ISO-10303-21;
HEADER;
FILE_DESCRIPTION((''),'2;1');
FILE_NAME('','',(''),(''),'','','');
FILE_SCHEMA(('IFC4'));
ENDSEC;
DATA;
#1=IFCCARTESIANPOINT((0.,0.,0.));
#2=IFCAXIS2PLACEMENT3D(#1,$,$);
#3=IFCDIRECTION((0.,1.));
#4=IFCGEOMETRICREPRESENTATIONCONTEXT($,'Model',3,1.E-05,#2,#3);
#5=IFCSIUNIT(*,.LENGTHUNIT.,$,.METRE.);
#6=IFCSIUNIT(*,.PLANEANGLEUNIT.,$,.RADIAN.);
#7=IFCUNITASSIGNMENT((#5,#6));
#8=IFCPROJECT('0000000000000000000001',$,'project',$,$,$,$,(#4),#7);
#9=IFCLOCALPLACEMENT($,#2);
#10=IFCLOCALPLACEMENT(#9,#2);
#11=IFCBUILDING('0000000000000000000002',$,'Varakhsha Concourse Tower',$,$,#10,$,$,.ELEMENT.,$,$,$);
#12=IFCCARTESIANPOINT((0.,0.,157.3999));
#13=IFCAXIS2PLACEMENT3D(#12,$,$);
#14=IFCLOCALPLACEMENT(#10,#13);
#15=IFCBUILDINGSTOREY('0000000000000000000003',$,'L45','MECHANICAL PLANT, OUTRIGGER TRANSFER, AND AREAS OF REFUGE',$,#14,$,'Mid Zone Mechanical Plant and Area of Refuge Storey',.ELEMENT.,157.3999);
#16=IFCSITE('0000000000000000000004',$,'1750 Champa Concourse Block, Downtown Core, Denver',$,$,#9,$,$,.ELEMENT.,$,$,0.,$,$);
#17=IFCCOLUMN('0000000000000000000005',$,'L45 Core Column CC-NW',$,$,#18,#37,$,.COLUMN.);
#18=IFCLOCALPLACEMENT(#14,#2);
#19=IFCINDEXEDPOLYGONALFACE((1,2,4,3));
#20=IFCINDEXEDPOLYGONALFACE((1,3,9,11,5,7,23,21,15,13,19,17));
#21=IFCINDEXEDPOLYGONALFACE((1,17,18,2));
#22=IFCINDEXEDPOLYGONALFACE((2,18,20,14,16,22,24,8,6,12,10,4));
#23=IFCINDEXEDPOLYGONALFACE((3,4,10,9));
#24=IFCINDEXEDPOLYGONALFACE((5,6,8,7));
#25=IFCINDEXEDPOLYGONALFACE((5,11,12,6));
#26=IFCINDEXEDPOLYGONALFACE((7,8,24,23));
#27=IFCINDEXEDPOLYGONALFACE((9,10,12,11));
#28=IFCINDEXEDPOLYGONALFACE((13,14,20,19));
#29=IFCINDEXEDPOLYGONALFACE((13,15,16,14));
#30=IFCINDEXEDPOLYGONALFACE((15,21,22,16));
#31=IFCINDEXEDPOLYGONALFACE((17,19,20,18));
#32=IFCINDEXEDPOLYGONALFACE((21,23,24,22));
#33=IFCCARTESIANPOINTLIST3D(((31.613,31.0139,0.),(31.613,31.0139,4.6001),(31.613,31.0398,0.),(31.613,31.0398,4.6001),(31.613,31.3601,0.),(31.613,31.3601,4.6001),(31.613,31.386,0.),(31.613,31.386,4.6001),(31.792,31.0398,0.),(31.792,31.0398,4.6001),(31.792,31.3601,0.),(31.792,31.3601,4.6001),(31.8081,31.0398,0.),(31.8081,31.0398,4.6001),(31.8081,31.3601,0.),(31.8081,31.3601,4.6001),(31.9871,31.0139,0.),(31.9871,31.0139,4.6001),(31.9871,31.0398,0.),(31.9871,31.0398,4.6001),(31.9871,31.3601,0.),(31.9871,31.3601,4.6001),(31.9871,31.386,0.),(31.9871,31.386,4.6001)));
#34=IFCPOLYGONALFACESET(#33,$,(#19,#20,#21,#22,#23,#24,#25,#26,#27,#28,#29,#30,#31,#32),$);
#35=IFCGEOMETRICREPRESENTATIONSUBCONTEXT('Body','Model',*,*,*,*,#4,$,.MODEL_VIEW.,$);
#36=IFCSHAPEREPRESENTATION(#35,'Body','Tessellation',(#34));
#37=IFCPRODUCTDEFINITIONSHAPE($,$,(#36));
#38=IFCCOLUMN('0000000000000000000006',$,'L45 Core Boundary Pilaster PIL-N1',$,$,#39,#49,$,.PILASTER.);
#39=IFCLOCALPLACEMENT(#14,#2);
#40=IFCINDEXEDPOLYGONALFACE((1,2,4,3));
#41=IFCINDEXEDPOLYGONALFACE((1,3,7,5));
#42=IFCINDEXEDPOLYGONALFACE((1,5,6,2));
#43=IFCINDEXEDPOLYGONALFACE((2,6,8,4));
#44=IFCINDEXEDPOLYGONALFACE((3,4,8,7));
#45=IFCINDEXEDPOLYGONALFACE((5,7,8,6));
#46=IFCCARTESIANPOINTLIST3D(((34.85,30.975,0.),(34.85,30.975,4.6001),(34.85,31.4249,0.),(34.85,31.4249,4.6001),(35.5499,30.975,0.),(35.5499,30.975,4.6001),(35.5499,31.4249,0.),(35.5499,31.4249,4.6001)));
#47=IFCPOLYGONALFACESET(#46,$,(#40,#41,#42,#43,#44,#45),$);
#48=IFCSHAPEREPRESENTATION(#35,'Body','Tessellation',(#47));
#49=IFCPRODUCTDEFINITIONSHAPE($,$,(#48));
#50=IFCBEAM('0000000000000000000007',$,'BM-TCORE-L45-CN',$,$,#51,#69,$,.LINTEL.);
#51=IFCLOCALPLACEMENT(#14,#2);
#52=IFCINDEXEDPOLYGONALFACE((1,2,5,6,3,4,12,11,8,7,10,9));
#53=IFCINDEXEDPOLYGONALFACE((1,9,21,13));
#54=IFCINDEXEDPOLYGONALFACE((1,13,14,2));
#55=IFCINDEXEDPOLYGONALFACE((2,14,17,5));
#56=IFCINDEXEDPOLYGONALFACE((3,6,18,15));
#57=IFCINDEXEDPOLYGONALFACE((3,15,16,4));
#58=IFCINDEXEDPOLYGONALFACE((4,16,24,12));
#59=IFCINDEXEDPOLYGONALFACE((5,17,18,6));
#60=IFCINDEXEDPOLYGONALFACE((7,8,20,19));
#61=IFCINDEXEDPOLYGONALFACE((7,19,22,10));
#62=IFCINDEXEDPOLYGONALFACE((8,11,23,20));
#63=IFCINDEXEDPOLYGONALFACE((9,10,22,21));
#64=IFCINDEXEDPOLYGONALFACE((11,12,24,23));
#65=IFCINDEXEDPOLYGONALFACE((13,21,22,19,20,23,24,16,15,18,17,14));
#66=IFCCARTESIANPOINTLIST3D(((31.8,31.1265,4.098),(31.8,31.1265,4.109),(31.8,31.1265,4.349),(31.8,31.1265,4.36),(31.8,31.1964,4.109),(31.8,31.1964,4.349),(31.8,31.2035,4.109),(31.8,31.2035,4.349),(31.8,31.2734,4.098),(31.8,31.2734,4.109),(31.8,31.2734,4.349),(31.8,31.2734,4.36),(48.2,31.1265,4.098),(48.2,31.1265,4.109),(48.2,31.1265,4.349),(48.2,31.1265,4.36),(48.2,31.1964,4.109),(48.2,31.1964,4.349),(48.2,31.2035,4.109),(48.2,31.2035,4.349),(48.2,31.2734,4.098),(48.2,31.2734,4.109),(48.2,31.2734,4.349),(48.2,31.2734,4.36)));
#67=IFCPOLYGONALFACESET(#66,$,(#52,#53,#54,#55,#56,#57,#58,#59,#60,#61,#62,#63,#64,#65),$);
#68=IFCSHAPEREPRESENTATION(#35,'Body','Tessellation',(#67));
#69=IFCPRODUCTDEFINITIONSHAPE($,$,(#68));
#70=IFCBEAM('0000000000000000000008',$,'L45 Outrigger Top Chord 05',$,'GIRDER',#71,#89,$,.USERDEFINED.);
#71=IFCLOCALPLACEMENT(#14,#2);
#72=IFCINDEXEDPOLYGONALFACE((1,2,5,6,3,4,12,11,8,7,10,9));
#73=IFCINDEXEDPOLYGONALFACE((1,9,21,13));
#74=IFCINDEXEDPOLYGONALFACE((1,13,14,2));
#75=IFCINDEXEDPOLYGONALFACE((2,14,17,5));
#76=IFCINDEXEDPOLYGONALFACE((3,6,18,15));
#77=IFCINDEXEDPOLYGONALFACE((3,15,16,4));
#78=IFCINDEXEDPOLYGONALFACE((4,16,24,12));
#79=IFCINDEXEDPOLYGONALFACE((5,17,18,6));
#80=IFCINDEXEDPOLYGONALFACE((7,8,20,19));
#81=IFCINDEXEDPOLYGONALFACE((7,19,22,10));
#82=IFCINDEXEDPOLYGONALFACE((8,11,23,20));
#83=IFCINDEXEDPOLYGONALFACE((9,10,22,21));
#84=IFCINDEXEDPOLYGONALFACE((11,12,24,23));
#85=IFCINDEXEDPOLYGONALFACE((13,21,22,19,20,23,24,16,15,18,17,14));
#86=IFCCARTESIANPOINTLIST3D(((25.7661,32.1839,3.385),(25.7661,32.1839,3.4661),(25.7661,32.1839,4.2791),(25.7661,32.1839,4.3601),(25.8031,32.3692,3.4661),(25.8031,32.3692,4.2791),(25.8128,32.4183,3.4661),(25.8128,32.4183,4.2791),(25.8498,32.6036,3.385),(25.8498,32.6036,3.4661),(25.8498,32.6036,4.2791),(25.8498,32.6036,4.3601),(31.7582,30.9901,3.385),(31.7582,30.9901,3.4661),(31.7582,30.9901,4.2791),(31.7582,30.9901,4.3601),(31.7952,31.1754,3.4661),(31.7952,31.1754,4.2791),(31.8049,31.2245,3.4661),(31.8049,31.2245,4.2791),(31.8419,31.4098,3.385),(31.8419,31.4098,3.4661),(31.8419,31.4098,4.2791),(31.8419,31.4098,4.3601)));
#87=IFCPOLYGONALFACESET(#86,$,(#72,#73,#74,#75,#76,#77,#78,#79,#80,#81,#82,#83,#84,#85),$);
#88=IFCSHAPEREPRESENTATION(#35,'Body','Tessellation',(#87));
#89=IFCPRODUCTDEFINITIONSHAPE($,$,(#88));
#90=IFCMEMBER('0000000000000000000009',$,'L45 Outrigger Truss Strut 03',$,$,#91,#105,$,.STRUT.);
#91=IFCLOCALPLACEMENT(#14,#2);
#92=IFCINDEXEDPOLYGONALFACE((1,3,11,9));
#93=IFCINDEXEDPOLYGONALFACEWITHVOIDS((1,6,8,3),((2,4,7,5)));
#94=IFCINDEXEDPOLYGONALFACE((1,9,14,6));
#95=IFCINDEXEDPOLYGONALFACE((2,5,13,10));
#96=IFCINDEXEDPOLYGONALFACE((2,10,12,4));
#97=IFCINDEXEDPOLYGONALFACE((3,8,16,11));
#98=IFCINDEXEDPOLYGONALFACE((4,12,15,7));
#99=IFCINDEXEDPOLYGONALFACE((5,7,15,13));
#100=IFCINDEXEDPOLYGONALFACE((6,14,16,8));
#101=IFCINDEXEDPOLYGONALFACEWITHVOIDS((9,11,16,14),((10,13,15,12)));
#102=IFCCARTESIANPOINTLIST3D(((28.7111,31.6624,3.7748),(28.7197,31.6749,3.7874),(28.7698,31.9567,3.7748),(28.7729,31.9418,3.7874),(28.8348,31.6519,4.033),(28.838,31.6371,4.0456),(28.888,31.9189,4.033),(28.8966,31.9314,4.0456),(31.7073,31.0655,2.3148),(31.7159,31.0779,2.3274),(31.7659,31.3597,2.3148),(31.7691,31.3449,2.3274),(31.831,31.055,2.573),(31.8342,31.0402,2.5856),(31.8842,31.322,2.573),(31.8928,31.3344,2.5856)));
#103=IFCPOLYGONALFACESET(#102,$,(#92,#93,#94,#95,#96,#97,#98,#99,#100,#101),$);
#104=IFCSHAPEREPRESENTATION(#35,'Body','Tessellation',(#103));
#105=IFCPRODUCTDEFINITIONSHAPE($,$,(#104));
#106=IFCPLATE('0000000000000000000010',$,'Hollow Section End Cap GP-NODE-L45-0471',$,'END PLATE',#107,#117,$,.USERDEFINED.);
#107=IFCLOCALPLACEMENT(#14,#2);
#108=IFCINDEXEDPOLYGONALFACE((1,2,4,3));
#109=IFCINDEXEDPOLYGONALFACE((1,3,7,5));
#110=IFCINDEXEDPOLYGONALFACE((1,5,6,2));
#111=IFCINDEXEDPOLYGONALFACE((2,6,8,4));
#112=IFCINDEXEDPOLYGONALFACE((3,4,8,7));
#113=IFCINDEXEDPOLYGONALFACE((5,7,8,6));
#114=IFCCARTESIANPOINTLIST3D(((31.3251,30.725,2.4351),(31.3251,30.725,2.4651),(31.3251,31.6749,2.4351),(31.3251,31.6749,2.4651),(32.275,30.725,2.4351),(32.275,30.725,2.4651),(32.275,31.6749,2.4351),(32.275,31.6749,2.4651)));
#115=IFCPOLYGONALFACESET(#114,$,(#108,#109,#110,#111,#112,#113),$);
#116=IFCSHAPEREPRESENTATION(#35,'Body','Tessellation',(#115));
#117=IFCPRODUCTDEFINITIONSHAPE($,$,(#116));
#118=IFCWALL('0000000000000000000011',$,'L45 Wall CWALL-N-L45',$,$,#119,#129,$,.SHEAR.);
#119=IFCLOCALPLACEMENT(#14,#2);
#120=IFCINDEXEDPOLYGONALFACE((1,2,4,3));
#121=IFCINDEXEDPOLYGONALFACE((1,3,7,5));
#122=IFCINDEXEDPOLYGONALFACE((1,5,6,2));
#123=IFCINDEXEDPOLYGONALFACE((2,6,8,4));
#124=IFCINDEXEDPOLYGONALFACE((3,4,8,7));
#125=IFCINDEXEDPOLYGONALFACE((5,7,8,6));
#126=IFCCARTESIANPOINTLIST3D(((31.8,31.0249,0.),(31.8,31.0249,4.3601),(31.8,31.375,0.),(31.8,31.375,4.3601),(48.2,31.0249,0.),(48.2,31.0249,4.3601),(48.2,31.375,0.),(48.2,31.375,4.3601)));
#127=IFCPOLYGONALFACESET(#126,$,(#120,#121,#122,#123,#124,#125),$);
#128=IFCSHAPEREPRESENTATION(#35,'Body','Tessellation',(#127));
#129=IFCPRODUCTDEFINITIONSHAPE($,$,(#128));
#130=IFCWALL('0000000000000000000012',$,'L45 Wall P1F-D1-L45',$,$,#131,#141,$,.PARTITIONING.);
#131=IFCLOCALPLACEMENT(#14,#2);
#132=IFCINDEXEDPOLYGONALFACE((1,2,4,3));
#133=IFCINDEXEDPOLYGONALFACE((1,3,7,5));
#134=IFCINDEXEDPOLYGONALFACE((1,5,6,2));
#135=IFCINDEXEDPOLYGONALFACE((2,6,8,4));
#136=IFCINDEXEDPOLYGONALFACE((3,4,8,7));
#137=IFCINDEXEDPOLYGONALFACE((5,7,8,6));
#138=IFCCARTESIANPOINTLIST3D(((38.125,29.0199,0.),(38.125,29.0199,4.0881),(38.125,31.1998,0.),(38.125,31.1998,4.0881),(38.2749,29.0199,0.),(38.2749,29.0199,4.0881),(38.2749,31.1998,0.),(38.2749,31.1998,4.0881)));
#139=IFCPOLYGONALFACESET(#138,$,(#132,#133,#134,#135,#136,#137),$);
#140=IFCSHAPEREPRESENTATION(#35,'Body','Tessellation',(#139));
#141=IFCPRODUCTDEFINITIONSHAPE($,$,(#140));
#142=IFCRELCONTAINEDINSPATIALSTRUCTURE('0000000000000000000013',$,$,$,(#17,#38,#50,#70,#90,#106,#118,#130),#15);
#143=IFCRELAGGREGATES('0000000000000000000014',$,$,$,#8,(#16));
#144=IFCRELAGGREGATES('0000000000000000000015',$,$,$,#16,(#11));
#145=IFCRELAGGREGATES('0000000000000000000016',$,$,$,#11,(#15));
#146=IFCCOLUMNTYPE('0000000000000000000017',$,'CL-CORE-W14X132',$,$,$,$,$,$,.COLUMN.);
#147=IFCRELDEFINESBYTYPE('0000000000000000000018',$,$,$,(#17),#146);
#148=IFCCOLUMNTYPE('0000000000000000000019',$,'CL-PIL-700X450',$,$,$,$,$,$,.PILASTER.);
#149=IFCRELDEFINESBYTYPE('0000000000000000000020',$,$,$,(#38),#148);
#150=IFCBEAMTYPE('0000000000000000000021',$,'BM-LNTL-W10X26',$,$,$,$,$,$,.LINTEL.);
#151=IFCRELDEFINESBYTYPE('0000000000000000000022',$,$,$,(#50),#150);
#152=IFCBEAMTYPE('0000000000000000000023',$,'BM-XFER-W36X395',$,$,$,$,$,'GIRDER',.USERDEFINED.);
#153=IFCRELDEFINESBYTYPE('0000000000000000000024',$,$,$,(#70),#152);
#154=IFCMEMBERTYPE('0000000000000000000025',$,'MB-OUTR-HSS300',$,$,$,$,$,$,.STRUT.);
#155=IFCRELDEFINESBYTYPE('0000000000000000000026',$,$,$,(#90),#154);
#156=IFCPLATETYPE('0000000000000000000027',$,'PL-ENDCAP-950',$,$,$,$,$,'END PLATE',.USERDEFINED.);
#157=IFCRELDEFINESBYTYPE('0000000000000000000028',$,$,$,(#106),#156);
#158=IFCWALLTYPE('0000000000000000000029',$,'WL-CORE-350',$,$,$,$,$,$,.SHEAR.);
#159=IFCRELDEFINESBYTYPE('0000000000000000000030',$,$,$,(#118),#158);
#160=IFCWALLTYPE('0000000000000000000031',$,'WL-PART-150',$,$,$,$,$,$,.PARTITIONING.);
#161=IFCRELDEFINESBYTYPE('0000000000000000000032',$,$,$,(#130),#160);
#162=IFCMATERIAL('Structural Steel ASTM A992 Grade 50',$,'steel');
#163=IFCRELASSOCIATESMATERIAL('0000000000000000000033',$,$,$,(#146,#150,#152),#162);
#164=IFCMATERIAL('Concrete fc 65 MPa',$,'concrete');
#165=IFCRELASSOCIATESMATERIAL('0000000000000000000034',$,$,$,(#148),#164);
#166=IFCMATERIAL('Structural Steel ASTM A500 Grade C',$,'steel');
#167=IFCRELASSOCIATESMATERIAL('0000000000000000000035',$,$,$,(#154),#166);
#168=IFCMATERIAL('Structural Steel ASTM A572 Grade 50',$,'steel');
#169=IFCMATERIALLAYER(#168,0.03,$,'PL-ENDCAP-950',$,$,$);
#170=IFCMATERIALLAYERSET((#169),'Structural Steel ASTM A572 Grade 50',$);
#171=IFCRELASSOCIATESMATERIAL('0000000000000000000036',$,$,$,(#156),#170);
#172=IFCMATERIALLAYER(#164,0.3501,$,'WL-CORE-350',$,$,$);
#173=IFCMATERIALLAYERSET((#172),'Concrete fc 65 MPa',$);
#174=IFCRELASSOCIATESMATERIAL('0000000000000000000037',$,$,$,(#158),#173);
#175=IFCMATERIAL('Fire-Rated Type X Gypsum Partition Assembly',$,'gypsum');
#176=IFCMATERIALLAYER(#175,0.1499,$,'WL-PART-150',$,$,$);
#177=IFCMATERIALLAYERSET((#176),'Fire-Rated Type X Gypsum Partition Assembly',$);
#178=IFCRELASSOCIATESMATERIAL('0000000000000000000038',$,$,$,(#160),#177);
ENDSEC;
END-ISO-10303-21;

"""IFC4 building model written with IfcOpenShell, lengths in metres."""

from ifc_helpers import new_model, si_unit, direction, frame, frame_2d, origin, origin_2d, place, context, subcontext, project, spatial, rectangle, hollow_rectangle, i_section, extrude, source, transform, mapped, material, layer, layer_set, material_profile, profile_set, type_object, type_shapes, element, save


model = new_model("IFC4")

# Units and contexts
model_context = context("Model", 3, precision=1e-05, world=origin(), true_north=direction((0.0, 1.0)))
body_context = subcontext(model_context, "Body", "Model", "MODEL_VIEW")
ifc_project = project(units=[si_unit("LENGTHUNIT", "METRE"), si_unit("PLANEANGLEUNIT", "RADIAN")], contexts=[model_context])

# Site, building, storey
site_placement = place(None, origin())
site = spatial("IfcSite", under=ifc_project, at=site_placement, Name="1750 Champa Concourse Block, Downtown Core, Denver", CompositionType="ELEMENT", RefElevation=0.0)
building_placement = place(site_placement, origin())
building = spatial("IfcBuilding", under=site, at=building_placement, Name="Varakhsha Concourse Tower", CompositionType="ELEMENT")
storey_placement = place(building_placement, frame((0.0, 0.0, 157.3999)))
storey = spatial("IfcBuildingStorey", under=building, at=storey_placement, Name="L45", Description="MECHANICAL PLANT, OUTRIGGER TRANSFER, AND AREAS OF REFUGE", LongName="Mid Zone Mechanical Plant and Area of Refuge Storey", CompositionType="ELEMENT", Elevation=157.3999)

# Columns
ifc_material_1 = material(Name="Structural Steel ASTM A992 Grade 50", Category="steel")
ifc_material_profile_1 = material_profile(ifc_material_1, i_section(OverallWidth=0.374, OverallDepth=0.3721, WebThickness=0.0161, FlangeThickness=0.0259, at=origin_2d()), Name="W14X132")
ifc_profile_set_1 = profile_set([ifc_material_profile_1], Name="Structural Steel ASTM A992 Grade 50")
column_type_1 = type_object("IfcColumnType", Name="CL-CORE-W14X132", PredefinedType="COLUMN", material=ifc_profile_set_1)
column_1_placement = place(storey_placement, frame((31.8, 31.2, 0.0), z_axis=(0.0, 0.0, 1.0), x_axis=(1.0, 0.0, 0.0)))
element("IfcColumn", 1, at=column_1_placement, inside=storey, type_object=column_type_1, Name="L45 Core Column CC-NW", PredefinedType="COLUMN", context=body_context, shape_type="SweptSolid", body=[
    extrude(i_section(OverallWidth=0.374, OverallDepth=0.3721, WebThickness=0.0161, FlangeThickness=0.0259, at=origin_2d()), origin(), (0.0, 0.0, 1.0), 4.6001),
])
ifc_material_2 = material(Name="Concrete fc 65 MPa", Category="concrete")
ifc_material_profile_2 = material_profile(ifc_material_2, rectangle(XDim=0.7, YDim=0.45, at=origin_2d()), Name="RC 700x450")
ifc_profile_set_2 = profile_set([ifc_material_profile_2], Name="Concrete fc 65 MPa")
column_type_2 = type_object("IfcColumnType", Name="CL-PIL-700X450", PredefinedType="PILASTER", material=ifc_profile_set_2)
column_2_placement = place(storey_placement, frame((35.2, 31.2, 0.0), z_axis=(0.0, 0.0, 1.0), x_axis=(1.0, 0.0, 0.0)))
element("IfcColumn", 2, at=column_2_placement, inside=storey, type_object=column_type_2, Name="L45 Core Boundary Pilaster PIL-N1", PredefinedType="PILASTER", context=body_context, shape_type="SweptSolid", body=[
    extrude(rectangle(XDim=0.7, YDim=0.45, at=origin_2d()), origin(), (0.0, 0.0, 1.0), 4.6001),
])

# Beams
ifc_material_profile_3 = material_profile(ifc_material_1, i_section(OverallWidth=0.147, OverallDepth=0.262, WebThickness=0.0071, FlangeThickness=0.011, at=origin_2d()), Name="W10X26")
ifc_profile_set_3 = profile_set([ifc_material_profile_3], Name="Structural Steel ASTM A992 Grade 50")
beam_type_1 = type_object("IfcBeamType", Name="BM-LNTL-W10X26", PredefinedType="LINTEL", material=ifc_profile_set_3)
beam_1_placement = place(storey_placement, frame((31.8, 31.2, 4.229), z_axis=(1.0, 0.0, 0.0), x_axis=(0.0, 1.0, 0.0)))
element("IfcBeam", 3, at=beam_1_placement, inside=storey, type_object=beam_type_1, Name="BM-TCORE-L45-CN", PredefinedType="LINTEL", context=body_context, shape_type="SweptSolid", body=[
    extrude(i_section(OverallWidth=0.147, OverallDepth=0.262, WebThickness=0.0071, FlangeThickness=0.011, at=origin_2d()), origin(), (0.0, 0.0, 1.0), 16.3999),
])
ifc_material_profile_4 = material_profile(ifc_material_1, i_section(OverallWidth=0.428, OverallDepth=0.9751, WebThickness=0.05, FlangeThickness=0.0811, at=origin_2d()), Name="W36X395")
ifc_profile_set_4 = profile_set([ifc_material_profile_4], Name="Structural Steel ASTM A992 Grade 50")
beam_type_2 = type_object("IfcBeamType", Name="BM-XFER-W36X395", ElementType="GIRDER", PredefinedType="USERDEFINED", material=ifc_profile_set_4)
beam_2_placement = place(storey_placement, frame((31.8, 31.2, 3.8726), z_axis=(-0.980725, 0.195394, 0.0), x_axis=(-0.195394, -0.980725, 0.0)))
element("IfcBeam", 4, at=beam_2_placement, inside=storey, type_object=beam_type_2, Name="L45 Outrigger Top Chord 05", ObjectType="GIRDER", PredefinedType="USERDEFINED", context=body_context, shape_type="SweptSolid", body=[
    extrude(i_section(OverallWidth=0.428, OverallDepth=0.9751, WebThickness=0.05, FlangeThickness=0.0811, at=origin_2d()), origin(), (0.0, 0.0, 1.0), 6.1099),
])

# Member
ifc_material_3 = material(Name="Structural Steel ASTM A500 Grade C", Category="steel")
ifc_material_profile_5 = material_profile(ifc_material_3, hollow_rectangle(XDim=0.3, YDim=0.3, WallThickness=0.0139, at=origin_2d()), Name="HSS 300x300x14")
ifc_profile_set_5 = profile_set([ifc_material_profile_5], Name="Structural Steel ASTM A500 Grade C")
member_type = type_object("IfcMemberType", Name="MB-OUTR-HSS300", PredefinedType="STRUT", material=ifc_profile_set_5)
shared_shape_1 = source(origin(), body_context, "Body", "SweptSolid", [
    extrude(hollow_rectangle(XDim=0.3, YDim=0.3, WallThickness=0.0139, at=origin_2d()), origin(), (0.0, 0.0, 1.0), 3.386),
])
type_shapes(member_type, [shared_shape_1])
member_placement = place(storey_placement, frame((31.8, 31.2, 2.4502), z_axis=(-0.884871, 0.176296, 0.431187), x_axis=(-0.195394, -0.980725, 0.0)))
element("IfcMember", 5, at=member_placement, inside=storey, type_object=member_type, Name="L45 Outrigger Truss Strut 03", PredefinedType="STRUT", context=body_context, shape_type="MappedRepresentation", body=[
    mapped(shared_shape_1, transform((0.0, 0.0, 0.0), scale=1.0)),
])

# Plate
ifc_material_4 = material(Name="Structural Steel ASTM A572 Grade 50", Category="steel")
ifc_layer_1 = layer(ifc_material_4, 0.03, Name="PL-ENDCAP-950")
ifc_layer_set_1 = layer_set([ifc_layer_1], Name="Structural Steel ASTM A572 Grade 50")
plate_type = type_object("IfcPlateType", Name="PL-ENDCAP-950", ElementType="END PLATE", PredefinedType="USERDEFINED", material=ifc_layer_set_1)
shared_shape_2 = source(origin(), body_context, "Body", "SweptSolid", [
    extrude(rectangle(XDim=0.95, YDim=0.95, at=origin_2d()), origin(), (0.0, 0.0, 1.0), 0.03),
])
type_shapes(plate_type, [shared_shape_2])
plate_placement = place(storey_placement, frame((31.8, 31.2, 2.4351), z_axis=(0.0, 0.0, 1.0), x_axis=(1.0, 0.0, 0.0)))
element("IfcPlate", 6, at=plate_placement, inside=storey, type_object=plate_type, Name="Hollow Section End Cap GP-NODE-L45-0471", ObjectType="END PLATE", PredefinedType="USERDEFINED", context=body_context, shape_type="MappedRepresentation", body=[
    mapped(shared_shape_2, transform((0.0, 0.0, 0.0), scale=1.0)),
])

# Walls
ifc_layer_2 = layer(ifc_material_2, 0.3501, Name="WL-CORE-350")
ifc_layer_set_2 = layer_set([ifc_layer_2], Name="Concrete fc 65 MPa")
wall_type_1 = type_object("IfcWallType", Name="WL-CORE-350", PredefinedType="SHEAR", material=ifc_layer_set_2)
wall_1_placement = place(storey_placement, frame((31.8, 31.2, 0.0), z_axis=(0.0, 0.0, 1.0), x_axis=(1.0, 0.0, 0.0)))
element("IfcWall", 7, at=wall_1_placement, inside=storey, type_object=wall_type_1, Name="L45 Wall CWALL-N-L45", PredefinedType="SHEAR", context=body_context, shape_type="SweptSolid", body=[
    extrude(rectangle(XDim=16.3999, YDim=0.3501, at=frame_2d((8.2, 0.0))), origin(), (0.0, 0.0, 1.0), 4.3601),
])
ifc_material_5 = material(Name="Fire-Rated Type X Gypsum Partition Assembly", Category="gypsum")
ifc_layer_3 = layer(ifc_material_5, 0.1499, Name="WL-PART-150")
ifc_layer_set_3 = layer_set([ifc_layer_3], Name="Fire-Rated Type X Gypsum Partition Assembly")
wall_type_2 = type_object("IfcWallType", Name="WL-PART-150", PredefinedType="PARTITIONING", material=ifc_layer_set_3)
wall_2_placement = place(storey_placement, frame((38.2, 29.02, 0.0), z_axis=(0.0, 0.0, 1.0), x_axis=(0.0, 1.0, 0.0)))
element("IfcWall", 8, at=wall_2_placement, inside=storey, type_object=wall_type_2, Name="L45 Wall P1F-D1-L45", PredefinedType="PARTITIONING", context=body_context, shape_type="SweptSolid", body=[
    extrude(rectangle(XDim=2.1799, YDim=0.1499, at=frame_2d((1.0898, 0.0))), origin(), (0.0, 0.0, 1.0), 4.0881),
])

save(model, "model.ifc")
